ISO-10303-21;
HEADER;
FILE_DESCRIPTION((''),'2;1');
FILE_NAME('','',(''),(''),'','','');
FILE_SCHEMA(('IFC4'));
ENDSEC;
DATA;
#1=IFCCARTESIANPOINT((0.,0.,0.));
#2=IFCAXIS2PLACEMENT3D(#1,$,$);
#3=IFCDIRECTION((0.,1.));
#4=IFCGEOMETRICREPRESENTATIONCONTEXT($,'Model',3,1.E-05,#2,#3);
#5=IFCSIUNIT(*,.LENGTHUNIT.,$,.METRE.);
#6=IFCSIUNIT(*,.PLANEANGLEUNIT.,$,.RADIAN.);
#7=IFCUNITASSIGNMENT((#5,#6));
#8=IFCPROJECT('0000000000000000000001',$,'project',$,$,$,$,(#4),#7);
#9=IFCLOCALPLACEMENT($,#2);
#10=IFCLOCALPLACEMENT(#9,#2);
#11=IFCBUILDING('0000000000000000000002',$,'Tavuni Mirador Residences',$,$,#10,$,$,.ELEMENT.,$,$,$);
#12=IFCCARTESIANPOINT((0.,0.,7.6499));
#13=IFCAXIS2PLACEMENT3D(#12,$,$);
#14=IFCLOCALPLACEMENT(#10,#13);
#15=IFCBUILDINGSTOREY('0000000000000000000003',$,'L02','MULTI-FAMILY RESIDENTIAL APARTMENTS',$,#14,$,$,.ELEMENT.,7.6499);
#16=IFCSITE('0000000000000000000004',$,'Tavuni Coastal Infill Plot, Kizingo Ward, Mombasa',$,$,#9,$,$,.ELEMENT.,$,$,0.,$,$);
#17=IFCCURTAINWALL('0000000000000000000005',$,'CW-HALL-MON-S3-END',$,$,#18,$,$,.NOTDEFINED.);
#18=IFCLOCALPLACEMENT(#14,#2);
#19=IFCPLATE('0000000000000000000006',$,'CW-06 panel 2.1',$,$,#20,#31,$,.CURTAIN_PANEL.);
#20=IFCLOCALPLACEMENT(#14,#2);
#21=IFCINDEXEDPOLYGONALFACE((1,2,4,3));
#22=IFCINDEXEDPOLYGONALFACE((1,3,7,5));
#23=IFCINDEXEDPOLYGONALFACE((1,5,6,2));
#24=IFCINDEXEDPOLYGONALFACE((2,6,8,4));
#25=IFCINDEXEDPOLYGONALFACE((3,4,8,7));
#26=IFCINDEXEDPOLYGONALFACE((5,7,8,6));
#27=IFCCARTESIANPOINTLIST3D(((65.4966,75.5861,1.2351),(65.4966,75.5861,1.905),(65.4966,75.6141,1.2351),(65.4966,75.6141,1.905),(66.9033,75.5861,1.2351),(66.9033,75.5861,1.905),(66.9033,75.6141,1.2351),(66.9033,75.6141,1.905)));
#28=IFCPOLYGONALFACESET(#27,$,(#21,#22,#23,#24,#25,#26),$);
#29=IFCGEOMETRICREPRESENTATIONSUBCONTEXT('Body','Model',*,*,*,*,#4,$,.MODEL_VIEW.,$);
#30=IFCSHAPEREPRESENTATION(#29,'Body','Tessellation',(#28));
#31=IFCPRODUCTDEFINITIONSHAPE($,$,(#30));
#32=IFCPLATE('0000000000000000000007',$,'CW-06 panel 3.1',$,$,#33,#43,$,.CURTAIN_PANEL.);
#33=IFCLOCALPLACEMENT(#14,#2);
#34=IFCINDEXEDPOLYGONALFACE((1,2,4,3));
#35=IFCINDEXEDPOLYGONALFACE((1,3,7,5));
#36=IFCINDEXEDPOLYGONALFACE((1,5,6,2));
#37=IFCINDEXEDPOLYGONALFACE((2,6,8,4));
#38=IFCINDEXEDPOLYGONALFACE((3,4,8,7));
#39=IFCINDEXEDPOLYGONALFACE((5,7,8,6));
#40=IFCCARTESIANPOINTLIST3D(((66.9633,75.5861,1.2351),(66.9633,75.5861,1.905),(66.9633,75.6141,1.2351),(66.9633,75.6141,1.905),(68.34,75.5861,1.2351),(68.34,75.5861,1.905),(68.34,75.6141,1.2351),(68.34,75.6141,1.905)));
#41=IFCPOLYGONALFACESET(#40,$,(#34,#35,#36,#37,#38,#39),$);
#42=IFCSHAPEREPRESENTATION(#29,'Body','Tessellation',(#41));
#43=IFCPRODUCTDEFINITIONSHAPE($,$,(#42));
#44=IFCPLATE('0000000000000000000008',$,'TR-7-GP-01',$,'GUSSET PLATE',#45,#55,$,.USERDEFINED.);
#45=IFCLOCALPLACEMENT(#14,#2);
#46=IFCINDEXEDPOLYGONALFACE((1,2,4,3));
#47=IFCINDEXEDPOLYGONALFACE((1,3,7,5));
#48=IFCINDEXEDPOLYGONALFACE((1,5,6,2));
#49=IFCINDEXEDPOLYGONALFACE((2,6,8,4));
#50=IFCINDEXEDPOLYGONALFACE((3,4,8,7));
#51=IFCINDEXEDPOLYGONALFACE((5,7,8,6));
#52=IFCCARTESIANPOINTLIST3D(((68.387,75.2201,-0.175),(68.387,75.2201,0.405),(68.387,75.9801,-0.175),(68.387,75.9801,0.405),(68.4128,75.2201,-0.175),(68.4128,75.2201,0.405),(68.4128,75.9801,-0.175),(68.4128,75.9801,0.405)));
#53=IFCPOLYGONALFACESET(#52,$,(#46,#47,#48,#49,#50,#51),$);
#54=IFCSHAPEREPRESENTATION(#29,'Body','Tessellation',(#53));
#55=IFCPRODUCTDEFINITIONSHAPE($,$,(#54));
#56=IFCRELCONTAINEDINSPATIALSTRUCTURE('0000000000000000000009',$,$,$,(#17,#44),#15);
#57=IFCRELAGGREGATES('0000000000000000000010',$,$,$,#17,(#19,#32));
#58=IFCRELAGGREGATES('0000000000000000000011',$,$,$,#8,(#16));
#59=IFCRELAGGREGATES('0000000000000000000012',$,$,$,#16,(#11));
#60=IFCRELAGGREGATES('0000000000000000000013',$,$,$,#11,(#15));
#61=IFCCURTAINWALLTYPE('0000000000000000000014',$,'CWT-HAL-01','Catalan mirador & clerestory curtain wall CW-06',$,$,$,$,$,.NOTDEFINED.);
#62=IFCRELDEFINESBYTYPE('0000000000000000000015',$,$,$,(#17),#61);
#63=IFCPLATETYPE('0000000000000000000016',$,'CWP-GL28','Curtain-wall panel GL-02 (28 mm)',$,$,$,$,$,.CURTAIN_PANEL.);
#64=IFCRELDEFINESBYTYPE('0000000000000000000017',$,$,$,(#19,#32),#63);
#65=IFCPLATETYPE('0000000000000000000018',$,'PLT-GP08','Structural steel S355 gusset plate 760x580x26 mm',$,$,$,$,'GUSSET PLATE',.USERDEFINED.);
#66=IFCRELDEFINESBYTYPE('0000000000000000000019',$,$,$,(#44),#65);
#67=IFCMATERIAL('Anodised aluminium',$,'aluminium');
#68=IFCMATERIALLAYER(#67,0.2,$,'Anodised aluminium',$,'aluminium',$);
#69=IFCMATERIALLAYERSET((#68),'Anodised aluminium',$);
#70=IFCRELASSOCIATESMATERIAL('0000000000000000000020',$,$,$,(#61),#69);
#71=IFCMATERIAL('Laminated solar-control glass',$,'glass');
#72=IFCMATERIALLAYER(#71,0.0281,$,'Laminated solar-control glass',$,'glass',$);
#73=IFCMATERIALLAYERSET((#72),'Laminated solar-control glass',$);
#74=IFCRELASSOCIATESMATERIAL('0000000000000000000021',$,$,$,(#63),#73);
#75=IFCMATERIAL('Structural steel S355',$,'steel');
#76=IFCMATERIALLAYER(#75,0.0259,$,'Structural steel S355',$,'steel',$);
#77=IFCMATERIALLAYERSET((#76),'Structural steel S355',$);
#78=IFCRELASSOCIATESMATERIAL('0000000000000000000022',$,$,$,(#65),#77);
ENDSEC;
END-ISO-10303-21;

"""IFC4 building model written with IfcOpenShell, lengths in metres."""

from ifc_helpers import new_model, si_unit, direction, frame, origin, origin_2d, place, context, subcontext, project, spatial, rectangle, extrude, material, layer, layer_set, type_object, element, aggregate, save


model = new_model("IFC4")

# Units and contexts
model_context = context("Model", 3, precision=1e-05, world=origin(), true_north=direction((0.0, 1.0)))
body_context = subcontext(model_context, "Body", "Model", "MODEL_VIEW")
ifc_project = project(units=[si_unit("LENGTHUNIT", "METRE"), si_unit("PLANEANGLEUNIT", "RADIAN")], contexts=[model_context])

# Site, building, storey
site_placement = place(None, origin())
site = spatial("IfcSite", under=ifc_project, at=site_placement, Name="Tavuni Coastal Infill Plot, Kizingo Ward, Mombasa", CompositionType="ELEMENT", RefElevation=0.0)
building_placement = place(site_placement, origin())
building = spatial("IfcBuilding", under=site, at=building_placement, Name="Tavuni Mirador Residences", CompositionType="ELEMENT")
storey_placement = place(building_placement, frame((0.0, 0.0, 7.6499)))
storey = spatial("IfcBuildingStorey", under=building, at=storey_placement, Name="L02", Description="MULTI-FAMILY RESIDENTIAL APARTMENTS", CompositionType="ELEMENT", Elevation=7.6499)

# Shared definitions
ifc_material_1 = material(Name="Anodised aluminium", Category="aluminium")
ifc_layer_1 = layer(ifc_material_1, 0.2, Name="Anodised aluminium", Category="aluminium")
ifc_layer_set_1 = layer_set([ifc_layer_1], Name="Anodised aluminium")
curtain_wall_type = type_object("IfcCurtainWallType", Name="CWT-HAL-01", Description="Catalan mirador & clerestory curtain wall CW-06", PredefinedType="NOTDEFINED", material=ifc_layer_set_1)

# Curtain wall
curtain_wall_1_placement = place(storey_placement, origin())
curtain_wall_1 = element("IfcCurtainWall", 1, at=curtain_wall_1_placement, inside=storey, type_object=curtain_wall_type, Name="CW-HALL-MON-S3-END", PredefinedType="NOTDEFINED")

# Shared definitions
ifc_material_2 = material(Name="Structural steel S355", Category="steel")

# Plates
ifc_material_3 = material(Name="Laminated solar-control glass", Category="glass")
ifc_layer_2 = layer(ifc_material_3, 0.0281, Name="Laminated solar-control glass", Category="glass")
ifc_layer_set_2 = layer_set([ifc_layer_2], Name="Laminated solar-control glass")
plate_type_1 = type_object("IfcPlateType", Name="CWP-GL28", Description="Curtain-wall panel GL-02 (28 mm)", PredefinedType="CURTAIN_PANEL", material=ifc_layer_set_2)
plate_1_placement = place(storey_placement, frame((66.2, 75.6001, 1.2351), z_axis=(0.0, 0.0, 1.0), x_axis=(1.0, 0.0, 0.0)))
plate_1 = element("IfcPlate", 2, at=plate_1_placement, type_object=plate_type_1, Name="CW-06 panel 2.1", PredefinedType="CURTAIN_PANEL", context=body_context, shape_type="SweptSolid", body=[
    extrude(rectangle(XDim=1.4067, YDim=0.0281, at=origin_2d()), origin(), (0.0, 0.0, 1.0), 0.6699),
])
plate_2_placement = place(storey_placement, frame((67.6516, 75.6001, 1.2351), z_axis=(0.0, 0.0, 1.0), x_axis=(1.0, 0.0, 0.0)))
plate_2 = element("IfcPlate", 3, at=plate_2_placement, type_object=plate_type_1, Name="CW-06 panel 3.1", PredefinedType="CURTAIN_PANEL", context=body_context, shape_type="SweptSolid", body=[
    extrude(rectangle(XDim=1.3767, YDim=0.0281, at=origin_2d()), origin(), (0.0, 0.0, 1.0), 0.6699),
])
aggregate(curtain_wall_1, [plate_1, plate_2])
ifc_layer_3 = layer(ifc_material_2, 0.0259, Name="Structural steel S355", Category="steel")
ifc_layer_set_3 = layer_set([ifc_layer_3], Name="Structural steel S355")
plate_type_2 = type_object("IfcPlateType", Name="PLT-GP08", Description="Structural steel S355 gusset plate 760x580x26 mm", ElementType="GUSSET PLATE", PredefinedType="USERDEFINED", material=ifc_layer_set_3)
plate_3_placement = place(storey_placement, frame((68.3999, 75.6001, -0.175), z_axis=(0.0, 0.0, 1.0), x_axis=(0.0, 1.0, 0.0)))
element("IfcPlate", 4, at=plate_3_placement, inside=storey, type_object=plate_type_2, Name="TR-7-GP-01", ObjectType="GUSSET PLATE", PredefinedType="USERDEFINED", context=body_context, shape_type="SweptSolid", body=[
    extrude(rectangle(XDim=0.76, YDim=0.0259, at=origin_2d()), origin(), (0.0, 0.0, 1.0), 0.5801),
])

save(model, "model.ifc")
